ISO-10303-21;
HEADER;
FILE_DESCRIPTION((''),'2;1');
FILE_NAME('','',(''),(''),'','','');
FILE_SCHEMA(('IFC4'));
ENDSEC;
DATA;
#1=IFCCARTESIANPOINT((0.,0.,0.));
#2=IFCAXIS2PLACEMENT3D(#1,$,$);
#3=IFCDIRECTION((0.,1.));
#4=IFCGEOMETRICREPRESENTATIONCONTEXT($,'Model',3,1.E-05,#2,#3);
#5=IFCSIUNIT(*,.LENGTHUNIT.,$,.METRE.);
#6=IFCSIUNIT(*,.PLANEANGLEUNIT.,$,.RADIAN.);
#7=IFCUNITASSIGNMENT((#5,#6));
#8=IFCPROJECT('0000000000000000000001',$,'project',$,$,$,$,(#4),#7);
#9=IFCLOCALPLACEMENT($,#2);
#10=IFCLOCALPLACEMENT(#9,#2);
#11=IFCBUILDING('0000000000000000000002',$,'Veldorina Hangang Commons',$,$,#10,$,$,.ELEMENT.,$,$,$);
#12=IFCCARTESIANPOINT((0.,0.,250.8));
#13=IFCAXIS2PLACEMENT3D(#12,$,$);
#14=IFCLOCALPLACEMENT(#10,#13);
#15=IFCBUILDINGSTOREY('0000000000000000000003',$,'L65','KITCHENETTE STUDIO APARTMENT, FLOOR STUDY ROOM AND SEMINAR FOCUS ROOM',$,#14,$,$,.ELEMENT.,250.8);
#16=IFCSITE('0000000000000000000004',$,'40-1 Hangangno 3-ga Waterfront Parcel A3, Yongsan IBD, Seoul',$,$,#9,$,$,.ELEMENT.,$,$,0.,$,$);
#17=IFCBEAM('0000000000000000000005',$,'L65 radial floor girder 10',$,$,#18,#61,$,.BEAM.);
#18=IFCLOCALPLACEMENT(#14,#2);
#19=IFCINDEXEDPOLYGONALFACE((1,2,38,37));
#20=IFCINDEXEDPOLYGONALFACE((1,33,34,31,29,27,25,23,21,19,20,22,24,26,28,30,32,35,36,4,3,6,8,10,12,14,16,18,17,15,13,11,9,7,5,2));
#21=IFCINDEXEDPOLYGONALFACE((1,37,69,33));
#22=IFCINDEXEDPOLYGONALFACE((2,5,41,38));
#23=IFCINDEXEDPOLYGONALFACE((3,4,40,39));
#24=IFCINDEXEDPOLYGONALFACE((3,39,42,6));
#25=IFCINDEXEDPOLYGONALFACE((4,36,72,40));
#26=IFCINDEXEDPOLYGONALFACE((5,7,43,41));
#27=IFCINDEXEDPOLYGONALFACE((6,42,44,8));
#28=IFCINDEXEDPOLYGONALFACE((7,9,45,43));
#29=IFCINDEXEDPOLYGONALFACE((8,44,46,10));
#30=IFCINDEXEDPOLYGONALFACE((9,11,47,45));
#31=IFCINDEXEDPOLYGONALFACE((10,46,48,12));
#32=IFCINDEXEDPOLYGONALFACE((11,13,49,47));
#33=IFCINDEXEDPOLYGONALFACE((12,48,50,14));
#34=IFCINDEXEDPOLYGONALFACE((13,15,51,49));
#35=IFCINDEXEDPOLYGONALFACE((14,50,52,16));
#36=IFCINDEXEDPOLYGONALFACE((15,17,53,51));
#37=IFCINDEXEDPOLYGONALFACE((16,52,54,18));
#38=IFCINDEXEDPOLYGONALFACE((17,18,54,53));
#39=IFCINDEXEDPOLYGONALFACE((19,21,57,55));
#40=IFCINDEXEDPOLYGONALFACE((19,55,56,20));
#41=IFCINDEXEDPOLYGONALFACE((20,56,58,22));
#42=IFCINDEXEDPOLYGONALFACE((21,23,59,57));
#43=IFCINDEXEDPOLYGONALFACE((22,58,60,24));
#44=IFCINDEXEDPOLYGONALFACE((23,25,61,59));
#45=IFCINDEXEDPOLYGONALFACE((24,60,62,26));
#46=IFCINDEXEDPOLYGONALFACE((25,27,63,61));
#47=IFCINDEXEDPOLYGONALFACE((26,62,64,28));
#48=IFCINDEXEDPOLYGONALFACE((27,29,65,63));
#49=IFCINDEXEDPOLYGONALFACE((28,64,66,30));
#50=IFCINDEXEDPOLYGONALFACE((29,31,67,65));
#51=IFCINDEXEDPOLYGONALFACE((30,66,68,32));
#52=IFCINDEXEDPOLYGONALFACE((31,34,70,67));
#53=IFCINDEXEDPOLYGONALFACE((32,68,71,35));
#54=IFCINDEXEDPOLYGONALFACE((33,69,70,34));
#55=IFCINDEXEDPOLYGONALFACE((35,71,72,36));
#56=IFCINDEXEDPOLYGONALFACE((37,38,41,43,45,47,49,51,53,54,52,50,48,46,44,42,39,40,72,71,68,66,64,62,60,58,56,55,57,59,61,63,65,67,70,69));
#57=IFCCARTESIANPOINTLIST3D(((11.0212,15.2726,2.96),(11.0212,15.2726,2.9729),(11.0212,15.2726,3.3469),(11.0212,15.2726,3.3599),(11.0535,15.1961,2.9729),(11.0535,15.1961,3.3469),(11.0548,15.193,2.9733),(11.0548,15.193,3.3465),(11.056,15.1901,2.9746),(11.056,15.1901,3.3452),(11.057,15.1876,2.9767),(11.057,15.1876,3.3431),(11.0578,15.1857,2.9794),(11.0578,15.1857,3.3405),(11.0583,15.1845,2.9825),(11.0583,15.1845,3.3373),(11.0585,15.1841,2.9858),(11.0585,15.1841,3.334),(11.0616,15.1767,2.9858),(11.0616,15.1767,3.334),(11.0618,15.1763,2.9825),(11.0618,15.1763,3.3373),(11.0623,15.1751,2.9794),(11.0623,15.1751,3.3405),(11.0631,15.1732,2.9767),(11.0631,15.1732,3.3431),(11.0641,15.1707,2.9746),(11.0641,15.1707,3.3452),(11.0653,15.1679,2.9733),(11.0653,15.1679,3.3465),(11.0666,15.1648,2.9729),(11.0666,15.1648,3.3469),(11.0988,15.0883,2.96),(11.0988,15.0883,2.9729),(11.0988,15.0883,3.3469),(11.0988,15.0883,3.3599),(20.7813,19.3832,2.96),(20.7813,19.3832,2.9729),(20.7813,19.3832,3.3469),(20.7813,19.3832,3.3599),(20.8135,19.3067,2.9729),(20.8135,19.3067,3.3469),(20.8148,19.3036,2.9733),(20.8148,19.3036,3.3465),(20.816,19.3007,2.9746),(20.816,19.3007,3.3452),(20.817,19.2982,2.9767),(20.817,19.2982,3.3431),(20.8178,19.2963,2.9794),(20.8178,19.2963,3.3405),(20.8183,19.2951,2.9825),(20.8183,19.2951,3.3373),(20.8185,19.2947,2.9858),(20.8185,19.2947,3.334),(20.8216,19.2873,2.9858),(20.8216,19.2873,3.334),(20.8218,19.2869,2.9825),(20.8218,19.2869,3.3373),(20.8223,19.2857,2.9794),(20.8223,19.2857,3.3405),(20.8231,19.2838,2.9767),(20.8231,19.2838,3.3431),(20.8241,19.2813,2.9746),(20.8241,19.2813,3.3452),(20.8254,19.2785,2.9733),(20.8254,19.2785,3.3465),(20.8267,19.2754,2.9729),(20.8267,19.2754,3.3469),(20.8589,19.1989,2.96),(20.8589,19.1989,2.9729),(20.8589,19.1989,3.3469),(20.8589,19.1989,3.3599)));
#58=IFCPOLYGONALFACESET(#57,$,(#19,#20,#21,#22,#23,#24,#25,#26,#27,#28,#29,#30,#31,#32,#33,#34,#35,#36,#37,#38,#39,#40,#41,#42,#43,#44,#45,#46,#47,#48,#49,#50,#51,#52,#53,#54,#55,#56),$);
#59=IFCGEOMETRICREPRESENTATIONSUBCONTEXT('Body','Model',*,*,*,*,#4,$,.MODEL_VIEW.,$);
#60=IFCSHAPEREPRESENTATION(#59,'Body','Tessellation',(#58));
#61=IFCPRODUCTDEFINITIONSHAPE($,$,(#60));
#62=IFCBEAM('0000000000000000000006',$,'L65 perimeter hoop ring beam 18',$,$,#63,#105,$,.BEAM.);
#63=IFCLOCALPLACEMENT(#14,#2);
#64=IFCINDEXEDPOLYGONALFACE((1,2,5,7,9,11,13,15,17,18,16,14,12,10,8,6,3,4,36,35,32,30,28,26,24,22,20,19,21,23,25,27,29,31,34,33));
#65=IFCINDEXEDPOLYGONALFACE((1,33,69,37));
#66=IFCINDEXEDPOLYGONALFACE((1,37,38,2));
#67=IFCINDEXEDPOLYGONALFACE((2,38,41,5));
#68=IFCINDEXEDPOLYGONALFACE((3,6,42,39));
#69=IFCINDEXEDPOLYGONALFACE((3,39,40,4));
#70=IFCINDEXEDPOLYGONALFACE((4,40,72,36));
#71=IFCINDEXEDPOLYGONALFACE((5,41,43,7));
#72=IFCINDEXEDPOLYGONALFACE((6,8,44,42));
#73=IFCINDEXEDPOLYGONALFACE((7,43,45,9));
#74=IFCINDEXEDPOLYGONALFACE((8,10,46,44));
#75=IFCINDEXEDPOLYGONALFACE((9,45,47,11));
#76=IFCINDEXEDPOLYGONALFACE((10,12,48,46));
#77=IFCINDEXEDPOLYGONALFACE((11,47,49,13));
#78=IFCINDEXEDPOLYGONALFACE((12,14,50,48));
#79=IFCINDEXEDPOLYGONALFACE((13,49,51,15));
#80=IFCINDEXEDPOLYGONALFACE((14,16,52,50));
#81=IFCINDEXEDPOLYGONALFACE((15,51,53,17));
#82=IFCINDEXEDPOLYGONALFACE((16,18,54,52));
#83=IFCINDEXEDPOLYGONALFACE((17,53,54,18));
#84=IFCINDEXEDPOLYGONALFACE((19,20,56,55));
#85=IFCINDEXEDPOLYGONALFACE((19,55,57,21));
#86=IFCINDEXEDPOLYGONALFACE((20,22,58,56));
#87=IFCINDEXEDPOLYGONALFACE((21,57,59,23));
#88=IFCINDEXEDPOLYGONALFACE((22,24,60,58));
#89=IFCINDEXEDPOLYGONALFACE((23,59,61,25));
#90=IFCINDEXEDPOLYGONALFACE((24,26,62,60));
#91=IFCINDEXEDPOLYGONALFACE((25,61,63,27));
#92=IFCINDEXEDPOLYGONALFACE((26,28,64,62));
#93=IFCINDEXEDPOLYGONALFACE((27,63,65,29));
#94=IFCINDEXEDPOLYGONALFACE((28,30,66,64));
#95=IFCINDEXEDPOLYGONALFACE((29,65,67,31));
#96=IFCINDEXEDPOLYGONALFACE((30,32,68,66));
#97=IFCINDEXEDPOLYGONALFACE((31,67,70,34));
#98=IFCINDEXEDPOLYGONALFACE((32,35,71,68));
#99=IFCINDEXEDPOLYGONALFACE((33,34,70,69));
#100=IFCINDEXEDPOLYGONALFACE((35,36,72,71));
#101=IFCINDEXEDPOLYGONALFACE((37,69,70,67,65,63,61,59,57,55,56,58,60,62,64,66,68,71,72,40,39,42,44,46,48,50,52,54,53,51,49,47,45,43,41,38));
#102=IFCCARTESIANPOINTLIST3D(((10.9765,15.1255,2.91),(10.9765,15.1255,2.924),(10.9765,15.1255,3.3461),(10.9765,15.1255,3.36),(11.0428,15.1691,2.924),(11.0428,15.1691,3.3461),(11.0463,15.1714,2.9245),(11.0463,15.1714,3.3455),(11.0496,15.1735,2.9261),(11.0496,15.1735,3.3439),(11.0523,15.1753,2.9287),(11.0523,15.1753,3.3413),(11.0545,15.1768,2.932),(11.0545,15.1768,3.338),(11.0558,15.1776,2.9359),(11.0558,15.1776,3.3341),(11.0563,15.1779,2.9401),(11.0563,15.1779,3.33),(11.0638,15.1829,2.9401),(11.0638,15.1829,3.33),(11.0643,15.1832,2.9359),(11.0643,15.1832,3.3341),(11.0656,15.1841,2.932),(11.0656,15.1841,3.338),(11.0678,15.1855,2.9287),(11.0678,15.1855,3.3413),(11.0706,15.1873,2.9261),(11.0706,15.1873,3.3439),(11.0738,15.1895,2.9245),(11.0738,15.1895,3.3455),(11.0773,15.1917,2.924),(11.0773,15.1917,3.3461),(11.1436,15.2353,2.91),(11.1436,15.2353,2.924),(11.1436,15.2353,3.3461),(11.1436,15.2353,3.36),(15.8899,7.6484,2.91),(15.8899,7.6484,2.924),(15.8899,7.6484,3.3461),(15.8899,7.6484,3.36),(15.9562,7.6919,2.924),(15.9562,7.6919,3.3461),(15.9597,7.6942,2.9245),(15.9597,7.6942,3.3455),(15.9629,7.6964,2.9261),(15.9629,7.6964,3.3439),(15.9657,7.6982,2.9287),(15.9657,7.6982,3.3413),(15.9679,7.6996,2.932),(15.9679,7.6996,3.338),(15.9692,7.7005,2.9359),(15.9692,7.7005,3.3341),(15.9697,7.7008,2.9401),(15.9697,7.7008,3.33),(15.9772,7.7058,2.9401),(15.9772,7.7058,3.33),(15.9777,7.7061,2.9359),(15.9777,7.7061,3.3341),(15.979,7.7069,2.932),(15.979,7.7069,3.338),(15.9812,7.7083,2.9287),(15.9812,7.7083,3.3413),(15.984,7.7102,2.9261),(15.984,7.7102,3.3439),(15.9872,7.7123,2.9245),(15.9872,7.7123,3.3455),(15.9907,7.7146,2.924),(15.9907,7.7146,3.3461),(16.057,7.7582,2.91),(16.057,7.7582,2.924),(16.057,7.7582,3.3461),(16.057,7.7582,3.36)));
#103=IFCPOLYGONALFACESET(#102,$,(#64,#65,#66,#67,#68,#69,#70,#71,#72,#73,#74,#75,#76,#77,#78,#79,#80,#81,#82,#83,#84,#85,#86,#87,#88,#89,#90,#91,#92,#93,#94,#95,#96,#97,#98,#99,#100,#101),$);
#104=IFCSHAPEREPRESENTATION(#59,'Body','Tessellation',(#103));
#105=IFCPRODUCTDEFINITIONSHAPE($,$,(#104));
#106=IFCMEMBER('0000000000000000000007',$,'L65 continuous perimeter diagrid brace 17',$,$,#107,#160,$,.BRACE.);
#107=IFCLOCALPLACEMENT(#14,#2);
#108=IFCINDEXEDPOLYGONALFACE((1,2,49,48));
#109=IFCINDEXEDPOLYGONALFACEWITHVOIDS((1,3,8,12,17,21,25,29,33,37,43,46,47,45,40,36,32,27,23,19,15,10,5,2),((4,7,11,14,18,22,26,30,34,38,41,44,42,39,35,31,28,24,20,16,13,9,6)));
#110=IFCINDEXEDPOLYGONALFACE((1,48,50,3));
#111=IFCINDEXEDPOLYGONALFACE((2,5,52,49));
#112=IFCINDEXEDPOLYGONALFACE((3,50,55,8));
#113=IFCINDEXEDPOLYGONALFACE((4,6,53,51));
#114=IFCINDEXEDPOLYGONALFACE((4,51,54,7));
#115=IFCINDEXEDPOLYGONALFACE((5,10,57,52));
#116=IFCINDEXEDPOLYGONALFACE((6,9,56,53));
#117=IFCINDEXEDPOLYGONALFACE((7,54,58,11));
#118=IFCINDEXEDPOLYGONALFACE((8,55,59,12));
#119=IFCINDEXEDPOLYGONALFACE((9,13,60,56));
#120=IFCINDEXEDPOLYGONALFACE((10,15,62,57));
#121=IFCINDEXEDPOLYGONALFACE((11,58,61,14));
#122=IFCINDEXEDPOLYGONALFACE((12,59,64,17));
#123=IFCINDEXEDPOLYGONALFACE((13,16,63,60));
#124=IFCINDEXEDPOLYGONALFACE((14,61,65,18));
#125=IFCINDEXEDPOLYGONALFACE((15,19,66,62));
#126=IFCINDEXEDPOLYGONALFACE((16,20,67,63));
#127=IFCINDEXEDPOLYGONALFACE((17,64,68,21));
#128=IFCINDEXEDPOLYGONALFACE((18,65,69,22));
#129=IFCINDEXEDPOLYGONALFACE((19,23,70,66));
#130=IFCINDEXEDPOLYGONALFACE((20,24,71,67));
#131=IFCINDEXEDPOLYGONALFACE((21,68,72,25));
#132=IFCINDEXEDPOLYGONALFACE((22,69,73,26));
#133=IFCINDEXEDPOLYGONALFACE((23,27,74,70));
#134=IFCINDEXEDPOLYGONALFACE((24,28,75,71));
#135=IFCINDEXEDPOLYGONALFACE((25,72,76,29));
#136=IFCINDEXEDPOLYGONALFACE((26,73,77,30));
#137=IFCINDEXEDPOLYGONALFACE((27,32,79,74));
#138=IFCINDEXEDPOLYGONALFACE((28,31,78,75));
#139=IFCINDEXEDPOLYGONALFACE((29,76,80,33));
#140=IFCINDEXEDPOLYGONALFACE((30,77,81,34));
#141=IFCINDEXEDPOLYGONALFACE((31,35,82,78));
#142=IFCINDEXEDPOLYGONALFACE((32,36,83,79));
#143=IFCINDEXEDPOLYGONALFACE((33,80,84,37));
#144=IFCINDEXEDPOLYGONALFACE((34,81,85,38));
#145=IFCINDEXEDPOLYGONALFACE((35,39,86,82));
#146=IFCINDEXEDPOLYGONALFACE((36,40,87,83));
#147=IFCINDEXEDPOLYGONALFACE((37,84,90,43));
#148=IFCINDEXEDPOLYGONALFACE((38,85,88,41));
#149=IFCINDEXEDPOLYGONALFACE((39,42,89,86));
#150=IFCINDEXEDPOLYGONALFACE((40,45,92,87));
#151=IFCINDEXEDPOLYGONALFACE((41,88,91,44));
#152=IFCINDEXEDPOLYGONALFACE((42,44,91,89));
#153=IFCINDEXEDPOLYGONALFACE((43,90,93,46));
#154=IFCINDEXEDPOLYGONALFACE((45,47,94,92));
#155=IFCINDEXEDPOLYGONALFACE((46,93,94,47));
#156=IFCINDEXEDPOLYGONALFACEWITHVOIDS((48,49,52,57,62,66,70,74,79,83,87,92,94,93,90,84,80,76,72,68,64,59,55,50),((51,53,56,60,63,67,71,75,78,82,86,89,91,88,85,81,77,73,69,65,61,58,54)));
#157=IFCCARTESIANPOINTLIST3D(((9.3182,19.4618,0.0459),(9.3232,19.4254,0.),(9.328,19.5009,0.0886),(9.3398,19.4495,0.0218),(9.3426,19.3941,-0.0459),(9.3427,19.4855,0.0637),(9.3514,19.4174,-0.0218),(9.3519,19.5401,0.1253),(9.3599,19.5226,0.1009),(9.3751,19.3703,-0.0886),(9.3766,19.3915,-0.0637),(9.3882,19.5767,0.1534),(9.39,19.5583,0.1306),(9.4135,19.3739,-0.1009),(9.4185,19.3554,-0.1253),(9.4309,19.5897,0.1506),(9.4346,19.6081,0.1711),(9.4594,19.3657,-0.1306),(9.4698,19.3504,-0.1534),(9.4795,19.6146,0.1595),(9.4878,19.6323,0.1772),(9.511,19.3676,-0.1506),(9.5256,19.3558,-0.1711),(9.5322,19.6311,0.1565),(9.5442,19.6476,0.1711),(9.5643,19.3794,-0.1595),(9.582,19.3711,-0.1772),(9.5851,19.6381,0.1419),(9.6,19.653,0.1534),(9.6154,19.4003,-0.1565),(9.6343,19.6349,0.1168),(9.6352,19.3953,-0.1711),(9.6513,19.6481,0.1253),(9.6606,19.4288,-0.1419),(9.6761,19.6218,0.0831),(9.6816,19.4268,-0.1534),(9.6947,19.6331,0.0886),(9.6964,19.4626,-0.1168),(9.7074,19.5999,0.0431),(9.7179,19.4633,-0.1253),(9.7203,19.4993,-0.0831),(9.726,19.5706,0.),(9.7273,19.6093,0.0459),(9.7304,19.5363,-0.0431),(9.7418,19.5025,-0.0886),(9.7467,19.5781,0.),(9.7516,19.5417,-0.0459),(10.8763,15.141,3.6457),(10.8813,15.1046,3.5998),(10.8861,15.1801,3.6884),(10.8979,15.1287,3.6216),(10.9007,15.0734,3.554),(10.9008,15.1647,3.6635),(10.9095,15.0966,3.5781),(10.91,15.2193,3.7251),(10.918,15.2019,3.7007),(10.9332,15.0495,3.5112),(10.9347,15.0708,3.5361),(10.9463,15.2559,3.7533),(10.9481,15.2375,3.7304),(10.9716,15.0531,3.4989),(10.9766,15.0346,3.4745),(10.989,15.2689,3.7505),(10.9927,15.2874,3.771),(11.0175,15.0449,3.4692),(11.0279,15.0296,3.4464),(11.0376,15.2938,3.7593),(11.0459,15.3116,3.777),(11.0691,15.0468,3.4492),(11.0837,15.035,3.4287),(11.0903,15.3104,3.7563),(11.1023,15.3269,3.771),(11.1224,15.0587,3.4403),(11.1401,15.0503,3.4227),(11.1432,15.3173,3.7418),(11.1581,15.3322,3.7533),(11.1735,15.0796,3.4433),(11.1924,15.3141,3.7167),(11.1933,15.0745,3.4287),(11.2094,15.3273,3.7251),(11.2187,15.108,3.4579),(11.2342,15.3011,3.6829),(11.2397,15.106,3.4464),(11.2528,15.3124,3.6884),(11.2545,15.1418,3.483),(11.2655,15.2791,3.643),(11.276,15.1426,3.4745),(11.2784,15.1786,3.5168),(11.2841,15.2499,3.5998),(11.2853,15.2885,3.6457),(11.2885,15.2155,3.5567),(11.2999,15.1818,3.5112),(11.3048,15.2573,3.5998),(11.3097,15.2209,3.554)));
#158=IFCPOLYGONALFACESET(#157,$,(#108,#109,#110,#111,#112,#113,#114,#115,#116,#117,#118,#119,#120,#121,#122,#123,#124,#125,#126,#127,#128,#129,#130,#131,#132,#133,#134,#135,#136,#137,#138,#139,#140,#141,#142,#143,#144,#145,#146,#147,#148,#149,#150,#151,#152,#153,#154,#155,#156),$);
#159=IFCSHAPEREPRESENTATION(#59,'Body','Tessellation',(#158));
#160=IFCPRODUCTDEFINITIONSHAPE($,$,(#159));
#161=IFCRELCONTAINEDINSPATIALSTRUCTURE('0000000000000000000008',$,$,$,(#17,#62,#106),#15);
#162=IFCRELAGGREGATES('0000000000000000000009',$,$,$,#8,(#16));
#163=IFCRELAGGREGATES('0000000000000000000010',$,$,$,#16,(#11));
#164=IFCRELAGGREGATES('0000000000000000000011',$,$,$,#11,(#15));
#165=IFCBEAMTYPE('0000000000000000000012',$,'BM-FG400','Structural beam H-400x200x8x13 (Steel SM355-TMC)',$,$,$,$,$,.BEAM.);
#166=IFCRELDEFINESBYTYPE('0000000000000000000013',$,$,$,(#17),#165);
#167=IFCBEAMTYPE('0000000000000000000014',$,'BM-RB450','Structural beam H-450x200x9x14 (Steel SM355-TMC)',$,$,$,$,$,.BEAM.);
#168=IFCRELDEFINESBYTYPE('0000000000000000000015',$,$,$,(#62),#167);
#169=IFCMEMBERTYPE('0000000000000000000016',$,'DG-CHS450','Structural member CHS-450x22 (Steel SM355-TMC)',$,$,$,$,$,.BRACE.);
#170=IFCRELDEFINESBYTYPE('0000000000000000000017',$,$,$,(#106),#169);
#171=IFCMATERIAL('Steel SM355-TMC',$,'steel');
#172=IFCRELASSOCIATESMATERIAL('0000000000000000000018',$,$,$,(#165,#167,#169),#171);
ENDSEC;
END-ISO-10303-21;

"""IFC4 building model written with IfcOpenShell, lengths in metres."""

from ifc_helpers import new_model, si_unit, direction, frame, origin, origin_2d, place, context, subcontext, project, spatial, hollow_circle, i_section, extrude, material, material_profile, profile_set, type_object, element, save


model = new_model("IFC4")

# Units and contexts
model_context = context("Model", 3, precision=1e-05, world=origin(), true_north=direction((0.0, 1.0)))
body_context = subcontext(model_context, "Body", "Model", "MODEL_VIEW")
ifc_project = project(units=[si_unit("LENGTHUNIT", "METRE"), si_unit("PLANEANGLEUNIT", "RADIAN")], contexts=[model_context])

# Site, building, storey
site_placement = place(None, origin())
site = spatial("IfcSite", under=ifc_project, at=site_placement, Name="40-1 Hangangno 3-ga Waterfront Parcel A3, Yongsan IBD, Seoul", CompositionType="ELEMENT", RefElevation=0.0)
building_placement = place(site_placement, origin())
building = spatial("IfcBuilding", under=site, at=building_placement, Name="Veldorina Hangang Commons", CompositionType="ELEMENT")
storey_placement = place(building_placement, frame((0.0, 0.0, 250.8)))
storey = spatial("IfcBuildingStorey", under=building, at=storey_placement, Name="L65", Description="KITCHENETTE STUDIO APARTMENT, FLOOR STUDY ROOM AND SEMINAR FOCUS ROOM", CompositionType="ELEMENT", Elevation=250.8)

# Beams
ifc_material_1 = material(Name="Steel SM355-TMC", Category="steel")
ifc_material_profile_1 = material_profile(ifc_material_1, i_section(OverallWidth=0.2, OverallDepth=0.3999, WebThickness=0.0081, FlangeThickness=0.0129, FilletRadius=0.0129, at=origin_2d()), Name="H-400x200x8x13")
ifc_profile_set_1 = profile_set([ifc_material_profile_1], Name="Steel SM355-TMC")
beam_type_1 = type_object("IfcBeamType", Name="BM-FG400", Description="Structural beam H-400x200x8x13 (Steel SM355-TMC)", PredefinedType="BEAM", material=ifc_profile_set_1)
beam_1_placement = place(storey_placement, frame((20.8201, 19.291, 3.1599), z_axis=(-0.921598, -0.388147, 0.0), x_axis=(0.388147, -0.921598, 0.0)))
element("IfcBeam", 1, at=beam_1_placement, inside=storey, type_object=beam_type_1, Name="L65 radial floor girder 10", PredefinedType="BEAM", context=body_context, shape_type="SweptSolid", body=[
    extrude(i_section(OverallWidth=0.2, OverallDepth=0.3999, WebThickness=0.0081, FlangeThickness=0.0129, FilletRadius=0.0129, at=origin_2d()), origin(), (0.0, 0.0, 1.0), 10.5903),
])
ifc_material_profile_2 = material_profile(ifc_material_1, i_section(OverallWidth=0.2, OverallDepth=0.45, WebThickness=0.009, FlangeThickness=0.0139, FilletRadius=0.0161, at=origin_2d()), Name="H-450x200x9x14")
ifc_profile_set_2 = profile_set([ifc_material_profile_2], Name="Steel SM355-TMC")
beam_type_2 = type_object("IfcBeamType", Name="BM-RB450", Description="Structural beam H-450x200x9x14 (Steel SM355-TMC)", PredefinedType="BEAM", material=ifc_profile_set_2)
beam_2_placement = place(storey_placement, frame((11.0601, 15.1804, 3.135), z_axis=(0.549165, -0.835714, 0.0), x_axis=(0.835714, 0.549165, 0.0)))
element("IfcBeam", 2, at=beam_2_placement, inside=storey, type_object=beam_type_2, Name="L65 perimeter hoop ring beam 18", PredefinedType="BEAM", context=body_context, shape_type="SweptSolid", body=[
    extrude(i_section(OverallWidth=0.2, OverallDepth=0.45, WebThickness=0.009, FlangeThickness=0.0139, FilletRadius=0.0161, at=origin_2d()), origin(), (0.0, 0.0, 1.0), 8.947),
])

# Member
ifc_material_profile_3 = material_profile(ifc_material_1, hollow_circle(Radius=0.2251, WallThickness=0.022, at=origin_2d()), Name="CHS-450x22")
ifc_profile_set_3 = profile_set([ifc_material_profile_3], Name="Steel SM355-TMC")
member_type_1 = type_object("IfcMemberType", Name="DG-CHS450", Description="Structural member CHS-450x22 (Steel SM355-TMC)", PredefinedType="BRACE", material=ifc_profile_set_3)
member_1_placement = place(storey_placement, frame((9.5349, 19.5017, 0.0), z_axis=(0.266993, -0.740402, 0.616862), x_axis=(0.940706, 0.339224, 0.0)))
element("IfcMember", 3, at=member_1_placement, inside=storey, type_object=member_type_1, Name="L65 continuous perimeter diagrid brace 17", PredefinedType="BRACE", context=body_context, shape_type="SweptSolid", body=[
    extrude(hollow_circle(Radius=0.2251, WallThickness=0.022, at=origin_2d()), origin(), (0.0, 0.0, 1.0), 5.8357),
])

save(model, "model.ifc")
